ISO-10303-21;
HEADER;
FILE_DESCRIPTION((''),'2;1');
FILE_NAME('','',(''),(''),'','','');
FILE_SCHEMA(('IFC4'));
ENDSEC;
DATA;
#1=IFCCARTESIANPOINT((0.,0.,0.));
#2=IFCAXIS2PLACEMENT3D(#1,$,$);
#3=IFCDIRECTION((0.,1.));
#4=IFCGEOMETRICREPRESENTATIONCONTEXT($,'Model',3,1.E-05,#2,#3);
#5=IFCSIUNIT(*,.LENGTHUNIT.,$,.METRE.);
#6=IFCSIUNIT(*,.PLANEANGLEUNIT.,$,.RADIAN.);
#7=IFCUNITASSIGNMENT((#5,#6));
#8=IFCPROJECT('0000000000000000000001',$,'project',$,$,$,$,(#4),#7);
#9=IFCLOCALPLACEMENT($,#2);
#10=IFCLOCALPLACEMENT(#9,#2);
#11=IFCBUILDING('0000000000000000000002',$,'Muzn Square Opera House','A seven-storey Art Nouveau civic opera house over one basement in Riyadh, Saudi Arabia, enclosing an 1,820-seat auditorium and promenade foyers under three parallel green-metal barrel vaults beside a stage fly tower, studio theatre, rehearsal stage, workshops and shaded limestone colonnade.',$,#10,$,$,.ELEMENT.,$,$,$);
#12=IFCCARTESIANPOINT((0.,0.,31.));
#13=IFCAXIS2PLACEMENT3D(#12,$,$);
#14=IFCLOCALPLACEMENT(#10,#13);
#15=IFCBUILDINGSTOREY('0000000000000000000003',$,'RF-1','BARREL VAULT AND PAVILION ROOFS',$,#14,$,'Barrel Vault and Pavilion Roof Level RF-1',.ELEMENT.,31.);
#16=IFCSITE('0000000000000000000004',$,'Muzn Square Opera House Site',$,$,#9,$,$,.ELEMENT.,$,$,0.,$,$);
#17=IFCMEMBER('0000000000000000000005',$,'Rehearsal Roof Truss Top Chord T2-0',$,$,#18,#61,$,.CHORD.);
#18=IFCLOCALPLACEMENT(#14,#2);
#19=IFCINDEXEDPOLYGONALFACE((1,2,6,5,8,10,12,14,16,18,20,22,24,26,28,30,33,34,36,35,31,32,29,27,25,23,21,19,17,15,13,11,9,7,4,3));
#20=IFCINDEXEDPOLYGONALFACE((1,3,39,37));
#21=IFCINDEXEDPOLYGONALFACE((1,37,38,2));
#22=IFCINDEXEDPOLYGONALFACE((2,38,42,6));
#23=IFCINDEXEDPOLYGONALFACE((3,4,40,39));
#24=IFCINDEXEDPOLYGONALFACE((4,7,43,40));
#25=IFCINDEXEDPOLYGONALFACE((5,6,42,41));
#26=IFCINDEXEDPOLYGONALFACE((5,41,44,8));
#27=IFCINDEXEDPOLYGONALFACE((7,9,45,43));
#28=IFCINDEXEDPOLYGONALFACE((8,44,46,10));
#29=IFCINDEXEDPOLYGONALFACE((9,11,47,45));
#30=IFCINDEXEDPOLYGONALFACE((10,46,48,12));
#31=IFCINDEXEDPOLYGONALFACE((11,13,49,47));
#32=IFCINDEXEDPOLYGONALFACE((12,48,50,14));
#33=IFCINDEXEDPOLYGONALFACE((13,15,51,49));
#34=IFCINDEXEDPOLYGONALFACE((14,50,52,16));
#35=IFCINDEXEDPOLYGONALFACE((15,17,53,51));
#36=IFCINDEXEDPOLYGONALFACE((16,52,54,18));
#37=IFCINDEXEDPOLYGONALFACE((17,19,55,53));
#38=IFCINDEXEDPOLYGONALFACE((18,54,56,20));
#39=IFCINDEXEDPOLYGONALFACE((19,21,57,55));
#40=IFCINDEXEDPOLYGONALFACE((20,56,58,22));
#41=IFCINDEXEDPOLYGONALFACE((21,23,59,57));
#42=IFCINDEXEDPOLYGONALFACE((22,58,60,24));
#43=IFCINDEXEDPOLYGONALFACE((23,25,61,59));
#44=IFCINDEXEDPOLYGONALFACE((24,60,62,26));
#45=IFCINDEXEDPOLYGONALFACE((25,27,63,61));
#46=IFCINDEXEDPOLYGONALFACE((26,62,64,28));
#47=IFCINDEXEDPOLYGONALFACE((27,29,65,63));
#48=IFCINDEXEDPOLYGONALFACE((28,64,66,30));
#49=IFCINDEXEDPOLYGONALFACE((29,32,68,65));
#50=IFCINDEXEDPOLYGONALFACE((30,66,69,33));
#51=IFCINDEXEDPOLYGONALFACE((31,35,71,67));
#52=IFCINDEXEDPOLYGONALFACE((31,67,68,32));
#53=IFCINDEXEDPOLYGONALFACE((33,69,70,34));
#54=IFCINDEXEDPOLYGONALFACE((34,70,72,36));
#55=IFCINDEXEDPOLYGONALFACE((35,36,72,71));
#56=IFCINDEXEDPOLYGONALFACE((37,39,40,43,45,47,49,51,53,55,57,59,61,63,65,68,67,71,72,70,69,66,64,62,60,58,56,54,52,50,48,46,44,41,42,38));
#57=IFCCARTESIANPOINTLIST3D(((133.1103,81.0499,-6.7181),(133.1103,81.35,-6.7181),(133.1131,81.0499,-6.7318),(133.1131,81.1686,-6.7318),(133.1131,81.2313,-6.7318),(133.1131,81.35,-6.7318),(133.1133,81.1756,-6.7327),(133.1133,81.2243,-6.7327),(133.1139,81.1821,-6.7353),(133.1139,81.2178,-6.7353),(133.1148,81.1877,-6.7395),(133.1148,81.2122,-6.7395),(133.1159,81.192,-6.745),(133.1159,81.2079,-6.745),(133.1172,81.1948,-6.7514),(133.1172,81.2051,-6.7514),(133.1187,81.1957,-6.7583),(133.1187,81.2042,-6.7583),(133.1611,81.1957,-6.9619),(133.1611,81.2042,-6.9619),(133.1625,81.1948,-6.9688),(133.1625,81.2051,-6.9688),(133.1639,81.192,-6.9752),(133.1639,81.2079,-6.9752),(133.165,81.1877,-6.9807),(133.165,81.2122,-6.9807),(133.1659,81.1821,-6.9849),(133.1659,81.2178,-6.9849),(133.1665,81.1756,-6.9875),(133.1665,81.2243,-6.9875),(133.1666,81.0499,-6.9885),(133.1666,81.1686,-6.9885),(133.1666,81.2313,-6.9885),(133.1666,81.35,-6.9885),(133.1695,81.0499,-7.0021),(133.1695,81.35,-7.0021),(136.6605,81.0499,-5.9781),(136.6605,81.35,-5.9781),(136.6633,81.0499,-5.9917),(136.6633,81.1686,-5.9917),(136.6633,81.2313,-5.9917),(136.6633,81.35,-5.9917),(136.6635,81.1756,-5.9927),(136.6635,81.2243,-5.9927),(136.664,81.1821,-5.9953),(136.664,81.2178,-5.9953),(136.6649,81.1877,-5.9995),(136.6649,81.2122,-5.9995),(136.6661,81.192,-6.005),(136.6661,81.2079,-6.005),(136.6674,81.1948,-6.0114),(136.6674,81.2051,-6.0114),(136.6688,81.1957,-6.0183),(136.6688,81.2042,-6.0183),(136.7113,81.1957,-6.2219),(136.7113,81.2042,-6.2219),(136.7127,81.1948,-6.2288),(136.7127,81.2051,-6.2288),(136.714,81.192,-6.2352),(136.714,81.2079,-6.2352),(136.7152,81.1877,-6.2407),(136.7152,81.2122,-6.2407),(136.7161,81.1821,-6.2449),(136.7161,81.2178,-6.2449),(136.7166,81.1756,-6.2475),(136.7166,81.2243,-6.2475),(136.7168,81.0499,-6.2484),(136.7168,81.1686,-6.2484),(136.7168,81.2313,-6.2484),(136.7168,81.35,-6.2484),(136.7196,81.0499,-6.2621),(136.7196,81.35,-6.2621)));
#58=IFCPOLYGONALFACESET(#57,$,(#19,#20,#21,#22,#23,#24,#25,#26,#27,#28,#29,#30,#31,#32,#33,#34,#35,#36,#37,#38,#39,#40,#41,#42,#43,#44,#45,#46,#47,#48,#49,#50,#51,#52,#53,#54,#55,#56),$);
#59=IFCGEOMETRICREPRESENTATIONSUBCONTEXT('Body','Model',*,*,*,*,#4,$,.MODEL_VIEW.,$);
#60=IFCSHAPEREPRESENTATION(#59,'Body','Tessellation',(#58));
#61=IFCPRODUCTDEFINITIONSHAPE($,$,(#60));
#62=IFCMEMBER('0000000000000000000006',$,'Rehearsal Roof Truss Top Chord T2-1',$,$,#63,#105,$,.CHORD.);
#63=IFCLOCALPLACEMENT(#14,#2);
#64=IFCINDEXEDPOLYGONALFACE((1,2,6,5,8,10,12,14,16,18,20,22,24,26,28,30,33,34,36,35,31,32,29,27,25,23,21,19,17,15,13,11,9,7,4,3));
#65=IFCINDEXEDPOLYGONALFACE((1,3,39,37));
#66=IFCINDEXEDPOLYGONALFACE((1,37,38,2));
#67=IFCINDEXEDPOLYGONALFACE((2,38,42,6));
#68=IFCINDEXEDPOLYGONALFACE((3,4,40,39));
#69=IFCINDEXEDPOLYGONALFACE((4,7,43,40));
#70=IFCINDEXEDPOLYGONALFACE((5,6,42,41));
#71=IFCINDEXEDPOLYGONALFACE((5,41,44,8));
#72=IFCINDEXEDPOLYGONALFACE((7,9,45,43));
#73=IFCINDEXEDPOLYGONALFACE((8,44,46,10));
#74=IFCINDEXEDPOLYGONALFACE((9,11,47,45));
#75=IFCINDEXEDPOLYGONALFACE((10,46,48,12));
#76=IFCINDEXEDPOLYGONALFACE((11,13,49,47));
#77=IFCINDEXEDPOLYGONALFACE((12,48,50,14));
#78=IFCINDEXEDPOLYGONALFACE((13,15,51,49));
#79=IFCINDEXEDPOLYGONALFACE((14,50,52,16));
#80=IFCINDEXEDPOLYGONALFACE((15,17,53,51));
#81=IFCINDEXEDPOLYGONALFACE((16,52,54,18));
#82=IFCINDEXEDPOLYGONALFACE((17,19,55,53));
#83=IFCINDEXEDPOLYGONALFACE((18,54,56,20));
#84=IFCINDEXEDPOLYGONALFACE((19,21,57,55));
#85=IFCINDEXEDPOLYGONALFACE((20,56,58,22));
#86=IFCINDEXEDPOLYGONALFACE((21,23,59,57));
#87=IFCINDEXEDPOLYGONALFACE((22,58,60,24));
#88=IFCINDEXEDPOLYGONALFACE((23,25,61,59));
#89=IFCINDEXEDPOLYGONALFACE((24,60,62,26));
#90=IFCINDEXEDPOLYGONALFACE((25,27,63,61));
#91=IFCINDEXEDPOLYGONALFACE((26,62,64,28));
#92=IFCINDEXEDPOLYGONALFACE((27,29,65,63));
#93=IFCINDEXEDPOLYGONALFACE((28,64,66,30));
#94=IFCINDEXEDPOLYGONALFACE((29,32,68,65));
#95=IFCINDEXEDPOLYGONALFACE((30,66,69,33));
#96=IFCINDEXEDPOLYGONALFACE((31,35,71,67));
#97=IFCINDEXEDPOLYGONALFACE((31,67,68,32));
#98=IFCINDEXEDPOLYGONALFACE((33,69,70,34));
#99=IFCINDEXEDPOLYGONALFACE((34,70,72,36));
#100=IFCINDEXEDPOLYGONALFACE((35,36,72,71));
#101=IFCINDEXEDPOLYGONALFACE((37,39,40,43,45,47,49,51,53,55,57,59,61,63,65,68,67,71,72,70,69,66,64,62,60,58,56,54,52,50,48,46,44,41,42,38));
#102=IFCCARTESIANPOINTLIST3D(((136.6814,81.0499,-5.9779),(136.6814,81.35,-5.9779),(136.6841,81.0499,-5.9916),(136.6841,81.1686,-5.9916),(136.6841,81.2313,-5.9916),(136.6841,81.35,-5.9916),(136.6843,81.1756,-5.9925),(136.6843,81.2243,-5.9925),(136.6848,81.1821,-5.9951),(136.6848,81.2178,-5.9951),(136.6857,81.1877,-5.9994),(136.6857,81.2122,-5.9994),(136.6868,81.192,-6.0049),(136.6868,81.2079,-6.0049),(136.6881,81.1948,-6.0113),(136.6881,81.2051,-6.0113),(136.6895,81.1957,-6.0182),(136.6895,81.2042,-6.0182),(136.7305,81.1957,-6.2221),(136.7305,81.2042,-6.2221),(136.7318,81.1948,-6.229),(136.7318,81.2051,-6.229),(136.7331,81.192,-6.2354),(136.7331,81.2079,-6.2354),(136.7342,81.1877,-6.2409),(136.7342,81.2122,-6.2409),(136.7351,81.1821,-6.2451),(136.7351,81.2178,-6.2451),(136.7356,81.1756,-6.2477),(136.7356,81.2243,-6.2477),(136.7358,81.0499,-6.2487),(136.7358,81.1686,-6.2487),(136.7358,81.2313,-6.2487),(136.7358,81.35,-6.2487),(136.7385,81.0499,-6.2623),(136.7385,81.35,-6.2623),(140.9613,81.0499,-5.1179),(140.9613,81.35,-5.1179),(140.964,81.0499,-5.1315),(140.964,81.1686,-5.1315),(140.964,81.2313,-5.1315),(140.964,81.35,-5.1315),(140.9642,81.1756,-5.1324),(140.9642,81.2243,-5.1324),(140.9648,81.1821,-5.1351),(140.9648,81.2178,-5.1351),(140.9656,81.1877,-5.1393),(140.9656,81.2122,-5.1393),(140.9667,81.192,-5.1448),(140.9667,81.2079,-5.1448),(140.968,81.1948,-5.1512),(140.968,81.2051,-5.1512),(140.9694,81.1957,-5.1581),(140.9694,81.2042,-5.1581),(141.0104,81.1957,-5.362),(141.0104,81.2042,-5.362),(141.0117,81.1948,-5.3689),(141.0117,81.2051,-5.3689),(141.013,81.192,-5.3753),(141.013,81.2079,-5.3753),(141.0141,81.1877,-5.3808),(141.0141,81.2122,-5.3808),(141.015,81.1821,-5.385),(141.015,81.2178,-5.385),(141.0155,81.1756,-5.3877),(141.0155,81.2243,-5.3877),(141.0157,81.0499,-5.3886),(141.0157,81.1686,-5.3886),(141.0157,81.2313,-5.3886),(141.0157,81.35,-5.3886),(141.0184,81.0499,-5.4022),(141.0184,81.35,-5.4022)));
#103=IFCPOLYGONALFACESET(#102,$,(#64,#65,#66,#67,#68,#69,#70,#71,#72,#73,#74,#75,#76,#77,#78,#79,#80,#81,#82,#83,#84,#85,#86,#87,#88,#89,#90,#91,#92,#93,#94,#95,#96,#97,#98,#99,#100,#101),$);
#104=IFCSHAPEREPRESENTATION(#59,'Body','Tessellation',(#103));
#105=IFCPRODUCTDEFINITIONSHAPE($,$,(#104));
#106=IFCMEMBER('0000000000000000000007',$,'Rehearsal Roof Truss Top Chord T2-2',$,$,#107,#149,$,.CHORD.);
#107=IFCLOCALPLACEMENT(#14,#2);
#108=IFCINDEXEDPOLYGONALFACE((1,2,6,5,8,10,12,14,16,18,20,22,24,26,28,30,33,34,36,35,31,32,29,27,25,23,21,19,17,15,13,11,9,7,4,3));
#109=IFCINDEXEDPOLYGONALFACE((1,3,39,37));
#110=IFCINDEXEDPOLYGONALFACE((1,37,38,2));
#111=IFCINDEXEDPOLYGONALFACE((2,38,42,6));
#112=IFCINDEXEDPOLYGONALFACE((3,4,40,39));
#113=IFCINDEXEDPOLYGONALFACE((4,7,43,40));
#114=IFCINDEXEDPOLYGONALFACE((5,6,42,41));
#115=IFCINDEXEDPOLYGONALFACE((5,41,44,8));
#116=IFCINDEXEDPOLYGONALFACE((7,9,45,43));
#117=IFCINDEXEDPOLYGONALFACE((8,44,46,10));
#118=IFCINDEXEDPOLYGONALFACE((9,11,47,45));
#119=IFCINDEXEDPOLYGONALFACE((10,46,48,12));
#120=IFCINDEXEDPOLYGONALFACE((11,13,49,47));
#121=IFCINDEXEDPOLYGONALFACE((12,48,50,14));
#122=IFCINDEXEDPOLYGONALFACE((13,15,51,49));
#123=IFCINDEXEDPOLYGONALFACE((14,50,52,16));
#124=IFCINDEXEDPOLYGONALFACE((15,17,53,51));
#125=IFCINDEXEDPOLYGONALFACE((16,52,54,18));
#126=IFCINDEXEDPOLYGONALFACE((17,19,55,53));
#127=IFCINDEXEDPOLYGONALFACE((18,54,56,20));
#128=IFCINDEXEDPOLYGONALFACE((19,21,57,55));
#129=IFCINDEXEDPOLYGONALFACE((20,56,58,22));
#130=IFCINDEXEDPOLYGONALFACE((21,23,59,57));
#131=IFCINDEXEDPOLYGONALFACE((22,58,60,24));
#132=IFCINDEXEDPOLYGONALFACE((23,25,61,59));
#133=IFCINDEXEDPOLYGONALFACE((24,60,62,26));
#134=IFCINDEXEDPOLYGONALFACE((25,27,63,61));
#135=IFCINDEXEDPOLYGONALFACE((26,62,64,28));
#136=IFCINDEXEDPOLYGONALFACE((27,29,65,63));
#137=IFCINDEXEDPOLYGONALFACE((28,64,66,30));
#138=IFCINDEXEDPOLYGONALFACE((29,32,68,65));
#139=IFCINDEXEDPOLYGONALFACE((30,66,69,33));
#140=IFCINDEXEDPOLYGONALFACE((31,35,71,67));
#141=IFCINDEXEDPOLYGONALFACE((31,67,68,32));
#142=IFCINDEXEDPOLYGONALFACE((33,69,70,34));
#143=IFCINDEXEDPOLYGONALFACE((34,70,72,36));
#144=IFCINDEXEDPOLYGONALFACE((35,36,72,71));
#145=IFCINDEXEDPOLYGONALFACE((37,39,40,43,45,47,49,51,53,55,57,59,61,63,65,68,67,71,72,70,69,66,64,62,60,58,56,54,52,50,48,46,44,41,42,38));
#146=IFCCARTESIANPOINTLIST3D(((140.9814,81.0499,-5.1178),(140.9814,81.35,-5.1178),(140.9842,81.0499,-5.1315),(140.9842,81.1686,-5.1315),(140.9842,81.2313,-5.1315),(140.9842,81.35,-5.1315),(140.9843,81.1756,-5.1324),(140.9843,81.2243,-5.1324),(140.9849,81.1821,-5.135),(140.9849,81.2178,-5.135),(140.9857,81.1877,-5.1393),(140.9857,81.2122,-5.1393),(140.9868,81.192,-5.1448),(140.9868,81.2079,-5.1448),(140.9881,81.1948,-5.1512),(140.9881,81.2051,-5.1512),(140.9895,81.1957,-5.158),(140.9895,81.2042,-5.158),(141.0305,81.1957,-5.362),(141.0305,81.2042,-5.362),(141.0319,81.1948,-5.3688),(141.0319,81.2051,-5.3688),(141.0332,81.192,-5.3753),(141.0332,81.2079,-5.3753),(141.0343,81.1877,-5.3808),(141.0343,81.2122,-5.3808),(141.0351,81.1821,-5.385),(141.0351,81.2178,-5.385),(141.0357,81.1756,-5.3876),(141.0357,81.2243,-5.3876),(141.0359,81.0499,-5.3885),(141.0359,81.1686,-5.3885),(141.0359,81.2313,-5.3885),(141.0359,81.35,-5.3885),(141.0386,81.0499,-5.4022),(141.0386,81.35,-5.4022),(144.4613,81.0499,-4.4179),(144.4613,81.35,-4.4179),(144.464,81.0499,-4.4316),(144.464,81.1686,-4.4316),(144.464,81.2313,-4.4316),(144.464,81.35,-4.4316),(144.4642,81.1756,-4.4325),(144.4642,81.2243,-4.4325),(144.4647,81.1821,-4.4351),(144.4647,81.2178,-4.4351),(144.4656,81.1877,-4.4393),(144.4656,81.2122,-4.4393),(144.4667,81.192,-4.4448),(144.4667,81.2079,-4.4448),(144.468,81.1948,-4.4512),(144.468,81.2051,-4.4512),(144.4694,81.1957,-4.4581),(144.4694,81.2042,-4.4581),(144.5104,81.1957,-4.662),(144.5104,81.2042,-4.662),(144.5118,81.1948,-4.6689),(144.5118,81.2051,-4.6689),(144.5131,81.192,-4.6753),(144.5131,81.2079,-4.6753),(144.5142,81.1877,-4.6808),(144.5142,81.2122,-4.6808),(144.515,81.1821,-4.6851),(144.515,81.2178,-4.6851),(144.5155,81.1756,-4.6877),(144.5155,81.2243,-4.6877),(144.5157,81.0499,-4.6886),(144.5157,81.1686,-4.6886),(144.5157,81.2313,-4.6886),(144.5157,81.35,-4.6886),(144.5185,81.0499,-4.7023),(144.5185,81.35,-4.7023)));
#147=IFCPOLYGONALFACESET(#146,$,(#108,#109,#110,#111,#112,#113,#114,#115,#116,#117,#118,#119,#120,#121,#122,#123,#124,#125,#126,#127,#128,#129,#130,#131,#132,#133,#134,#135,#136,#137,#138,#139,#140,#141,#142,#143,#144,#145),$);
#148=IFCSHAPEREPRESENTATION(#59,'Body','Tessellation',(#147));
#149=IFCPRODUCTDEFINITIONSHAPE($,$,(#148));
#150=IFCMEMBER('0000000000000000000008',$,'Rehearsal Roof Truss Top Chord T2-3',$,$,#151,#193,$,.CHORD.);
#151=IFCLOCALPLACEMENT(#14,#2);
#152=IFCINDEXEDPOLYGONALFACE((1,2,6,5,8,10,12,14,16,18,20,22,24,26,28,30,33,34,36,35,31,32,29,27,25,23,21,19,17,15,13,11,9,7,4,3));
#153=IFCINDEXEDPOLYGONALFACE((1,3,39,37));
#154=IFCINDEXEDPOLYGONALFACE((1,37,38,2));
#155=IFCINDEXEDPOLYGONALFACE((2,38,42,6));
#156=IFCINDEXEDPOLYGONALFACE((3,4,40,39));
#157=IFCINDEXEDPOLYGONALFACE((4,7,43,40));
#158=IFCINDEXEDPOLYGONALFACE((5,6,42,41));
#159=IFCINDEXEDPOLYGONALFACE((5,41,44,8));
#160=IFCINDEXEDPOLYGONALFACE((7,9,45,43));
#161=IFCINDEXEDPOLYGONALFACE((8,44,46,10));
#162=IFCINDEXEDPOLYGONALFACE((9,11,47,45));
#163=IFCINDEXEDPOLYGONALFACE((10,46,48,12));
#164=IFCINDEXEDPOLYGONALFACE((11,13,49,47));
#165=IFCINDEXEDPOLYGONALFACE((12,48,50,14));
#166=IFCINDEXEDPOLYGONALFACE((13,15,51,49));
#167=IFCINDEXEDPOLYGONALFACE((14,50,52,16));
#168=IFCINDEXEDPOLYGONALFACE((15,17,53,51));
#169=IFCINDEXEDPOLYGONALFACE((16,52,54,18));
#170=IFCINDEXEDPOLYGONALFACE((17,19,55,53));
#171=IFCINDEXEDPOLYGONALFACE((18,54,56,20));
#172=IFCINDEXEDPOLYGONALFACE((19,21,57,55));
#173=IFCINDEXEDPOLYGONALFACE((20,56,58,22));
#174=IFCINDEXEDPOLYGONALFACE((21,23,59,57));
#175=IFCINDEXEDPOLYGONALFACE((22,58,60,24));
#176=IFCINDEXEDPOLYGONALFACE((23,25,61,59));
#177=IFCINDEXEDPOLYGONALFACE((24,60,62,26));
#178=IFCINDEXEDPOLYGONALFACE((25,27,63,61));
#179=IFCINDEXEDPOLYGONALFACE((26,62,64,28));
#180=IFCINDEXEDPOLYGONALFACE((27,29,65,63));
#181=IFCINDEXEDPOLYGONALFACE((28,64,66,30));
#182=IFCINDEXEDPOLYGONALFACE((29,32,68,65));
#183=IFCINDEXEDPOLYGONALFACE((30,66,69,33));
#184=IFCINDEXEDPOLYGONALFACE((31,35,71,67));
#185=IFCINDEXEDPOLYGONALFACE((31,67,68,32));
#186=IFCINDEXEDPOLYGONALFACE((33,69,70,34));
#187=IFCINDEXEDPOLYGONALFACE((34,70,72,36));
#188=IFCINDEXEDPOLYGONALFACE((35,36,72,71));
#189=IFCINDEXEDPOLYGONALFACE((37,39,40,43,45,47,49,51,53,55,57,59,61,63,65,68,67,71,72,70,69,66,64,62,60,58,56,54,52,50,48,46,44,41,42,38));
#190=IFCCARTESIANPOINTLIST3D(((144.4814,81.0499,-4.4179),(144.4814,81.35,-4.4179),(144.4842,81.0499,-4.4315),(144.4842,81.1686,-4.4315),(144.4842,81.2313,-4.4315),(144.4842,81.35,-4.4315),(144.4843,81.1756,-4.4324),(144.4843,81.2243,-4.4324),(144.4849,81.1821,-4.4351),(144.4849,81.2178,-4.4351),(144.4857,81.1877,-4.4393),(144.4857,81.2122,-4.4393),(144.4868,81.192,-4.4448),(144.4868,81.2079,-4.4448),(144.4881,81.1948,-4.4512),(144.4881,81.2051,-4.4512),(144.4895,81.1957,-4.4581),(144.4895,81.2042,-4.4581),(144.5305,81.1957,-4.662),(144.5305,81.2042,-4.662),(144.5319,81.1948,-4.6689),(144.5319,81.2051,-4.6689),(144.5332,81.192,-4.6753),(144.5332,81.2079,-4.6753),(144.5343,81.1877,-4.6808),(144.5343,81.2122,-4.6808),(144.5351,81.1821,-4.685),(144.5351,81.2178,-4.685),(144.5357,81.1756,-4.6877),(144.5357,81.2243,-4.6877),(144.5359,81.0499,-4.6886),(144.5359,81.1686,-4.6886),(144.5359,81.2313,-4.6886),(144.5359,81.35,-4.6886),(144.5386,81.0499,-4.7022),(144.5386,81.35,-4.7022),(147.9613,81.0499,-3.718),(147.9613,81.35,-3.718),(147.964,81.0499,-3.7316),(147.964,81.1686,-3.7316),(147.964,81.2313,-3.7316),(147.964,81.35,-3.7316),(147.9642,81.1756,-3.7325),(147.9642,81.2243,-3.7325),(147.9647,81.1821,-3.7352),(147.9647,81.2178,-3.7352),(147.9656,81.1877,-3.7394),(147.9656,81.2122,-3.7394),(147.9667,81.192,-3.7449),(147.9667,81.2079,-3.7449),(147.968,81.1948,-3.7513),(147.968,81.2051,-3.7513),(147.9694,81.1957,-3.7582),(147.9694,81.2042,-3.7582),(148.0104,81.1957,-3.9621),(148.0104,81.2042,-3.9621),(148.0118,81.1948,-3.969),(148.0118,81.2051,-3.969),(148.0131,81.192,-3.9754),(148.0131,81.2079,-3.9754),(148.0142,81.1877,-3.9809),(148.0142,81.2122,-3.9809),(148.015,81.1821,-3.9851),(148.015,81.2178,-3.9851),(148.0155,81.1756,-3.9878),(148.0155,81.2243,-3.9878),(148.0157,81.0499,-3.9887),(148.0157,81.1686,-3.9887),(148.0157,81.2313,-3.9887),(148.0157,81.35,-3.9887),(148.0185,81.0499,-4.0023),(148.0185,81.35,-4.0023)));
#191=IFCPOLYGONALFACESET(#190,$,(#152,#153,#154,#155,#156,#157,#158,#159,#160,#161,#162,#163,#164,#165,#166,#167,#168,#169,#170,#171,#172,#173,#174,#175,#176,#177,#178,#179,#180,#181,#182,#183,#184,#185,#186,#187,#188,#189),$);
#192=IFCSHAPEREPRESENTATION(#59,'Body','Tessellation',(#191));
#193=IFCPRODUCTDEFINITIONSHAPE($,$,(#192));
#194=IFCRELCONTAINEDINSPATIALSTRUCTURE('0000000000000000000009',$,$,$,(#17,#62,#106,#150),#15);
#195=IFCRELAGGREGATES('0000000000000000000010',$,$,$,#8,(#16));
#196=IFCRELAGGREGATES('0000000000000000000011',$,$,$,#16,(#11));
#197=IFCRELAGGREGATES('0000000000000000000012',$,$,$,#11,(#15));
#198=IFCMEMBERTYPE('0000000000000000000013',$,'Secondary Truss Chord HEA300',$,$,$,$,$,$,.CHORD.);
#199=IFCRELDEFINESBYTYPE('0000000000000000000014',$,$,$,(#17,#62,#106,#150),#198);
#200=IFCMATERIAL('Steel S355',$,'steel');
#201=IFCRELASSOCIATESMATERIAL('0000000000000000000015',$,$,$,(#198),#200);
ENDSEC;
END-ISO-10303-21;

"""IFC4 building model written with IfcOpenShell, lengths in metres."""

from ifc_helpers import new_model, si_unit, direction, frame, origin, origin_2d, place, context, subcontext, project, spatial, i_section, extrude, material, material_profile, profile_set, type_object, element, save


model = new_model("IFC4")

# Units and contexts
model_context = context("Model", 3, precision=1e-05, world=origin(), true_north=direction((0.0, 1.0)))
body_context = subcontext(model_context, "Body", "Model", "MODEL_VIEW")
ifc_project = project(units=[si_unit("LENGTHUNIT", "METRE"), si_unit("PLANEANGLEUNIT", "RADIAN")], contexts=[model_context])

# Site, building, storey
site_placement = place(None, origin())
site = spatial("IfcSite", under=ifc_project, at=site_placement, Name="Muzn Square Opera House Site", CompositionType="ELEMENT", RefElevation=0.0)
building_placement = place(site_placement, origin())
building = spatial("IfcBuilding", under=site, at=building_placement, Name="Muzn Square Opera House", Description="A seven-storey Art Nouveau civic opera house over one basement in Riyadh, Saudi Arabia, enclosing an 1,820-seat auditorium and promenade foyers under three parallel green-metal barrel vaults beside a stage fly tower, studio theatre, rehearsal stage, workshops and shaded limestone colonnade.", CompositionType="ELEMENT")
storey_placement = place(building_placement, frame((0.0, 0.0, 31.0)))
storey = spatial("IfcBuildingStorey", under=building, at=storey_placement, Name="RF-1", Description="BARREL VAULT AND PAVILION ROOFS", LongName="Barrel Vault and Pavilion Roof Level RF-1", CompositionType="ELEMENT", Elevation=31.0)

# Shared definitions
ifc_material = material(Name="Steel S355", Category="steel")

# Members
ifc_material_profile_1 = material_profile(ifc_material, i_section(OverallWidth=0.3, OverallDepth=0.29, WebThickness=0.0085, FlangeThickness=0.0139, FilletRadius=0.0271, at=origin_2d()), Name="HEA 300", Category="steel")
ifc_profile_set_1 = profile_set([ifc_material_profile_1], Name="Steel S355")
member_type_1 = type_object("IfcMemberType", Name="Secondary Truss Chord HEA300", PredefinedType="CHORD", material=ifc_profile_set_1)
member_1_placement = place(storey_placement, frame((133.1399, 81.2, -6.8601), z_axis=(0.978959, 0.0, 0.204059), x_axis=(0.0, 1.0, 0.0)))
element("IfcMember", 1, at=member_1_placement, inside=storey, type_object=member_type_1, Name="Rehearsal Roof Truss Top Chord T2-0", PredefinedType="CHORD", context=body_context, shape_type="SweptSolid", body=[
    extrude(i_section(OverallWidth=0.3, OverallDepth=0.29, WebThickness=0.0085, FlangeThickness=0.0139, FilletRadius=0.0271, at=origin_2d()), origin(), (0.0, 0.0, 1.0), 3.6265),
])
member_2_placement = place(storey_placement, frame((136.71, 81.2, -6.1201), z_axis=(0.9804, 0.0, 0.197019), x_axis=(0.0, 1.0, 0.0)))
element("IfcMember", 2, at=member_2_placement, inside=storey, type_object=member_type_1, Name="Rehearsal Roof Truss Top Chord T2-1", PredefinedType="CHORD", context=body_context, shape_type="SweptSolid", body=[
    extrude(i_section(OverallWidth=0.3, OverallDepth=0.29, WebThickness=0.0085, FlangeThickness=0.0139, FilletRadius=0.0271, at=origin_2d()), origin(), (0.0, 0.0, 1.0), 4.3655),
])
for number, where, z_axis, x_axis, name in (
    (3, (141.01, 81.2, -5.26), (0.980366, 0.0, 0.197187), (0.0, 1.0, 0.0), "Rehearsal Roof Truss Top Chord T2-2"),
    (4, (144.51, 81.2, -4.5601), (0.980366, 0.0, 0.197187), (0.0, 1.0, 0.0), "Rehearsal Roof Truss Top Chord T2-3"),
):
    element("IfcMember", number, at=place(storey_placement, frame(where, z_axis=z_axis, x_axis=x_axis)), inside=storey, type_object=member_type_1, Name=name, PredefinedType="CHORD", context=body_context, shape_type="SweptSolid", body=[
        extrude(i_section(OverallWidth=0.3, OverallDepth=0.29, WebThickness=0.0085, FlangeThickness=0.0139, FilletRadius=0.0271, at=origin_2d()), origin(), (0.0, 0.0, 1.0), 3.5496),
    ])

save(model, "model.ifc")
